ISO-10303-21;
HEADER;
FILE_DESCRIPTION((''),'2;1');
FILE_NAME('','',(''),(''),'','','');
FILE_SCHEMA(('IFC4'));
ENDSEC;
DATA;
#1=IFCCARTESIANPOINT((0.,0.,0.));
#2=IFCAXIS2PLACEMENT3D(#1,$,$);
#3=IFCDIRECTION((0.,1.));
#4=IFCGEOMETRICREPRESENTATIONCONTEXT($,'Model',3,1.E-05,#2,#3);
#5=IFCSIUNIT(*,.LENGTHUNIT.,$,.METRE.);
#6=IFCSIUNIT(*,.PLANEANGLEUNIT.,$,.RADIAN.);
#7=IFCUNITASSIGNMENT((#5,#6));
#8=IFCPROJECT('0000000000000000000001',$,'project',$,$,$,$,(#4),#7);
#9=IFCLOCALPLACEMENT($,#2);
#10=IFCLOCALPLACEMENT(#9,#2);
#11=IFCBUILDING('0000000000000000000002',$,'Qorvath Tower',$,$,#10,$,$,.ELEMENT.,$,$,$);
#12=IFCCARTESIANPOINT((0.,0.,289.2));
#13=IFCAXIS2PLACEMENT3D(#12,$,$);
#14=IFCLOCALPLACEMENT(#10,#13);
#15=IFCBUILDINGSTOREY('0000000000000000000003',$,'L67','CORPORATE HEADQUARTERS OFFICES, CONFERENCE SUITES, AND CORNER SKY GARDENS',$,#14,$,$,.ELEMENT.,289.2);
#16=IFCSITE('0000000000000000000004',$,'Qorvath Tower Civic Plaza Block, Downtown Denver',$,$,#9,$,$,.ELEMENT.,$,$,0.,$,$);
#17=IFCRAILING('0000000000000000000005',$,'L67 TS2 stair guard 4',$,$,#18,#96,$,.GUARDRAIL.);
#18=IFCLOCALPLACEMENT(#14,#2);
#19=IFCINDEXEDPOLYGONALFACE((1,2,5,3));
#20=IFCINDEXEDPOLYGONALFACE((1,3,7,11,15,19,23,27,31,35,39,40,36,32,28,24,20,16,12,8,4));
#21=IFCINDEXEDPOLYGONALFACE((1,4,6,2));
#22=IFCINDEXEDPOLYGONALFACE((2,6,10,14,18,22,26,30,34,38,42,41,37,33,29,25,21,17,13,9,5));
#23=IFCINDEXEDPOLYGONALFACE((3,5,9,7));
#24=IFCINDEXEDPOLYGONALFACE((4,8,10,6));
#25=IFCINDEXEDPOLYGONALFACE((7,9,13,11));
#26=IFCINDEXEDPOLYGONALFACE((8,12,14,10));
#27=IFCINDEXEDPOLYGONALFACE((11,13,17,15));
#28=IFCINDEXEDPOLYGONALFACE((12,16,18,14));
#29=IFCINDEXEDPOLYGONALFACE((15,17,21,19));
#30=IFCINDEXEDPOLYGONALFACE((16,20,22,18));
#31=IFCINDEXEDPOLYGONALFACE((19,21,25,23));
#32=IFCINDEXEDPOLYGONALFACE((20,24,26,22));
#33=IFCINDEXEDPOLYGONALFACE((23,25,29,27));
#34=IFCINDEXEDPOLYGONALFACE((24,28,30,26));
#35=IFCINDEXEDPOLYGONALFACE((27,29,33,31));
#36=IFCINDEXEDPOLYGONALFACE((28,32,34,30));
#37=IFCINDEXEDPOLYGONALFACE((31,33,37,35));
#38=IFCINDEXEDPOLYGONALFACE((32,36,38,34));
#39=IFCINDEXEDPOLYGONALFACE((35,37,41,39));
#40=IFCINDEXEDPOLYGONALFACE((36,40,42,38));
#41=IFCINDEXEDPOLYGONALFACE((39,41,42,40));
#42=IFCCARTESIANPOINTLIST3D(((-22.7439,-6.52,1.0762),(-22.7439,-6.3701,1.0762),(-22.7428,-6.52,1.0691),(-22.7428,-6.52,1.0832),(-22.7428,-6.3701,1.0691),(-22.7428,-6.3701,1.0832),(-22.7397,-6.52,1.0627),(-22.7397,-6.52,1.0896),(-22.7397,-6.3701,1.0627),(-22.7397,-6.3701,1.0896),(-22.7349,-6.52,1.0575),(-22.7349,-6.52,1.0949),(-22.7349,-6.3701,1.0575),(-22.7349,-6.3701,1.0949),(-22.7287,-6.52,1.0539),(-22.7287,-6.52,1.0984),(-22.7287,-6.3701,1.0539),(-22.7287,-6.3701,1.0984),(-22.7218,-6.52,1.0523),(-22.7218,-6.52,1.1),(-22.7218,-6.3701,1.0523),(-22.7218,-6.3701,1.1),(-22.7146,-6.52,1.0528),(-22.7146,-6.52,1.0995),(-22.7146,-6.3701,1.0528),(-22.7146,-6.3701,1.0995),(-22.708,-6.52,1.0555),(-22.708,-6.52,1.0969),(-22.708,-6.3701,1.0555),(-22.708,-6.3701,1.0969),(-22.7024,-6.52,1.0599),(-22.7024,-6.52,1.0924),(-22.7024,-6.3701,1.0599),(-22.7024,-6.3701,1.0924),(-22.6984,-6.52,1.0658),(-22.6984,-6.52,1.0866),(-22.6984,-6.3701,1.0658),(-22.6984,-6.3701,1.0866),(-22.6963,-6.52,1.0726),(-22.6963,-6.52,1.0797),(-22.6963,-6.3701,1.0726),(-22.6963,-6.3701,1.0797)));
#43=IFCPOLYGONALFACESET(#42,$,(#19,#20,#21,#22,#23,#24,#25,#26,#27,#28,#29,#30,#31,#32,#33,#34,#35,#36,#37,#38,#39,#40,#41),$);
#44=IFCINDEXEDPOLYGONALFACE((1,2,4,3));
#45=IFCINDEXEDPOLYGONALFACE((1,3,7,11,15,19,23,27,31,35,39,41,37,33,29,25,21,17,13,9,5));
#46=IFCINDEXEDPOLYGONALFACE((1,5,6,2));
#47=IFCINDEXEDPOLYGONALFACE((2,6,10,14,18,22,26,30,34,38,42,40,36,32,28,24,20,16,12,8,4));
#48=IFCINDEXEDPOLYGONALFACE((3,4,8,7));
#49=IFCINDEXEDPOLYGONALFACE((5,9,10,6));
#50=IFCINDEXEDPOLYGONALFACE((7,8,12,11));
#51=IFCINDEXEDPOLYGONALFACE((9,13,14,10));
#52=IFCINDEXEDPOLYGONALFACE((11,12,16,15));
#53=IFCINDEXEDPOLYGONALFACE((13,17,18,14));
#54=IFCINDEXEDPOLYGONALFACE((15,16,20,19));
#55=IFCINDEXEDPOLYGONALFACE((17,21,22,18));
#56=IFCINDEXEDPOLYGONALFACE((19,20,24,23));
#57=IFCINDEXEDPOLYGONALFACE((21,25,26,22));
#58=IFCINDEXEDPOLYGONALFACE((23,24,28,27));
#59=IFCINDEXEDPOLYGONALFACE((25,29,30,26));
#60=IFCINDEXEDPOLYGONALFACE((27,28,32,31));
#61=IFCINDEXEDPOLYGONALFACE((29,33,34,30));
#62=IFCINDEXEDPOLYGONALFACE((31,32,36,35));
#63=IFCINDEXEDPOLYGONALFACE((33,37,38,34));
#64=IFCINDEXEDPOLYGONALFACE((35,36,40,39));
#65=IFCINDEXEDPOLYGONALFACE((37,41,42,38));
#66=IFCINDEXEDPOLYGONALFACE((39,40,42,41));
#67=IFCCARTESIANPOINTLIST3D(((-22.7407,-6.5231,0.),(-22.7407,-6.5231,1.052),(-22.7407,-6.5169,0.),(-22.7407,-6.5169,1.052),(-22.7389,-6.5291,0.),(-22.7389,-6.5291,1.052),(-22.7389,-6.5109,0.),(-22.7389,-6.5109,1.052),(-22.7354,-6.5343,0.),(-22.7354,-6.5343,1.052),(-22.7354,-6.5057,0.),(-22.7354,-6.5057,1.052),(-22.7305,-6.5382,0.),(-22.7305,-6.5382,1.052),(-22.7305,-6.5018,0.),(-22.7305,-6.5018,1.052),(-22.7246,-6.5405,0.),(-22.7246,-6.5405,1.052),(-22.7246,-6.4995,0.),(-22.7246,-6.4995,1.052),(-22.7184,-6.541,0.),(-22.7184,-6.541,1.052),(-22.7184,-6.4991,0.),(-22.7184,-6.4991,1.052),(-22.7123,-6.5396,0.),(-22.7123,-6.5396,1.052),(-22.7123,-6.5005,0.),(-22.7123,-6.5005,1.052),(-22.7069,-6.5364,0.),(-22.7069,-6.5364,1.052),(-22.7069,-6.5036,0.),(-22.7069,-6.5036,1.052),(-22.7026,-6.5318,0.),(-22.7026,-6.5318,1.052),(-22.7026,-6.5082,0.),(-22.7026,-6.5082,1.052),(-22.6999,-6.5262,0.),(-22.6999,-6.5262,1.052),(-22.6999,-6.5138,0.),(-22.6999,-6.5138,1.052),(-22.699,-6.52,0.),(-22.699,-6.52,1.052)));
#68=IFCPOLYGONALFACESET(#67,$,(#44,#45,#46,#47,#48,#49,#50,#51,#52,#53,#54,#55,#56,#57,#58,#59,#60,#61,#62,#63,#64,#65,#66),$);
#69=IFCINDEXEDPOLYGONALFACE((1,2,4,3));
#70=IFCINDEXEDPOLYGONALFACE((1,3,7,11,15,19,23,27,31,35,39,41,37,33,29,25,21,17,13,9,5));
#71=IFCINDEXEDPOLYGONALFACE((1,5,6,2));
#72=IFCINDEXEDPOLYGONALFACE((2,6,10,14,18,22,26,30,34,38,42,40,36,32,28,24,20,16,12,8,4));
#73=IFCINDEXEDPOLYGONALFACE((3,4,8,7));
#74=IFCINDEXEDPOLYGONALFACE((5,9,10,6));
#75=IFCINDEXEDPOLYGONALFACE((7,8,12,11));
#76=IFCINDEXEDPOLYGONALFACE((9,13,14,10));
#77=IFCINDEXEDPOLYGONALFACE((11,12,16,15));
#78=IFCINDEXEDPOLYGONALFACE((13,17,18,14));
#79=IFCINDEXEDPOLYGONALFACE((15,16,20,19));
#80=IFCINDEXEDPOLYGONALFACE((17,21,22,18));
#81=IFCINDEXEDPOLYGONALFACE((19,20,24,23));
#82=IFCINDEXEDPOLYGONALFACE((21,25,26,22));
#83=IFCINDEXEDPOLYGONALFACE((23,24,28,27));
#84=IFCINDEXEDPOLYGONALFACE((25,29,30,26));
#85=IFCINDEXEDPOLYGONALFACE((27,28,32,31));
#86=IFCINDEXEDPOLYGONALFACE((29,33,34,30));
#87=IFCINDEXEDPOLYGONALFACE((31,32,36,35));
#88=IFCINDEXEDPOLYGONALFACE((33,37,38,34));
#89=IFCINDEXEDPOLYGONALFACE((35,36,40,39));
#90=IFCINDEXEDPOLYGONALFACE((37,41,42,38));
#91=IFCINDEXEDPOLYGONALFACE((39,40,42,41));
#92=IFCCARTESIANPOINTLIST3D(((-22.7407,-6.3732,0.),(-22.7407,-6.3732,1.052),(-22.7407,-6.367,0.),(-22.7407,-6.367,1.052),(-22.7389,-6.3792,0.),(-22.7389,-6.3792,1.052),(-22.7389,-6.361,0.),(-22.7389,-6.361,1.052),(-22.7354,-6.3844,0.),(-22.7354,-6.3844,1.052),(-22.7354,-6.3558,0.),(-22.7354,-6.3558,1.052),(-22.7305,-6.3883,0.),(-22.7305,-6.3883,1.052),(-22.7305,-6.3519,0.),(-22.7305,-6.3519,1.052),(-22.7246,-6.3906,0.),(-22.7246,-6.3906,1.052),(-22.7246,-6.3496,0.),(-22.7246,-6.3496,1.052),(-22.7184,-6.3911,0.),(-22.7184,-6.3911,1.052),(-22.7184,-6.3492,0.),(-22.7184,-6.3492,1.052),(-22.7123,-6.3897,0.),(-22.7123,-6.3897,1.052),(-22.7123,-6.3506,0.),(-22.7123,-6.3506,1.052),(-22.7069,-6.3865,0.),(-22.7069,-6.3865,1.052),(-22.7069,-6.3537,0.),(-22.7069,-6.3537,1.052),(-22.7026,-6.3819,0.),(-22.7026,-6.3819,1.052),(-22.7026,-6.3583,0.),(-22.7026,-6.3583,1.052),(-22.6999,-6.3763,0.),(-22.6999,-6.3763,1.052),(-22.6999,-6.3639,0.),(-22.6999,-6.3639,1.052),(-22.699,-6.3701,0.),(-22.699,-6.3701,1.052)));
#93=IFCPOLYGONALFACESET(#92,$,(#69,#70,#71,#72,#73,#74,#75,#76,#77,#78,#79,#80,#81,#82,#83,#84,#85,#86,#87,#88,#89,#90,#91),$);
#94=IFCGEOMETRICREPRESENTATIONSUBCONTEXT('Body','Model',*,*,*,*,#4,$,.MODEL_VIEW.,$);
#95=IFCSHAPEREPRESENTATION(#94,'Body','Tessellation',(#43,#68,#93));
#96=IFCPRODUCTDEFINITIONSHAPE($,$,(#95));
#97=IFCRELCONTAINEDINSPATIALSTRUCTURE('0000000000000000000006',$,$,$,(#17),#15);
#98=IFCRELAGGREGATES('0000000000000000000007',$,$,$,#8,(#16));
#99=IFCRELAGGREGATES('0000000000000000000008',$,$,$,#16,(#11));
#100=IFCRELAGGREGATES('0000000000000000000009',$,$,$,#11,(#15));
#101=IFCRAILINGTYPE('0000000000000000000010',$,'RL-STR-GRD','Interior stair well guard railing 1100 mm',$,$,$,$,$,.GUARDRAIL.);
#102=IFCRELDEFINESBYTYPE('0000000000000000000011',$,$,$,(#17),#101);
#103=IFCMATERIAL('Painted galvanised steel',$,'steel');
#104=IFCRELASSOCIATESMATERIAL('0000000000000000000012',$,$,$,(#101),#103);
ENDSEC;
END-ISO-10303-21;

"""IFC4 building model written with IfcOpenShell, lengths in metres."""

from ifc_helpers import new_model, si_unit, direction, frame, origin, origin_2d, place, context, subcontext, project, spatial, circle, extrude, material, type_object, element, save


model = new_model("IFC4")

# Units and contexts
model_context = context("Model", 3, precision=1e-05, world=origin(), true_north=direction((0.0, 1.0)))
body_context = subcontext(model_context, "Body", "Model", "MODEL_VIEW")
ifc_project = project(units=[si_unit("LENGTHUNIT", "METRE"), si_unit("PLANEANGLEUNIT", "RADIAN")], contexts=[model_context])

# Site, building, storey
site_placement = place(None, origin())
site = spatial("IfcSite", under=ifc_project, at=site_placement, Name="Qorvath Tower Civic Plaza Block, Downtown Denver", CompositionType="ELEMENT", RefElevation=0.0)
building_placement = place(site_placement, origin())
building = spatial("IfcBuilding", under=site, at=building_placement, Name="Qorvath Tower", CompositionType="ELEMENT")
storey_placement = place(building_placement, frame((0.0, 0.0, 289.2)))
storey = spatial("IfcBuildingStorey", under=building, at=storey_placement, Name="L67", Description="CORPORATE HEADQUARTERS OFFICES, CONFERENCE SUITES, AND CORNER SKY GARDENS", CompositionType="ELEMENT", Elevation=289.2)

# Railing
ifc_material_1 = material(Name="Painted galvanised steel", Category="steel")
railing_type_1 = type_object("IfcRailingType", Name="RL-STR-GRD", Description="Interior stair well guard railing 1100 mm", PredefinedType="GUARDRAIL", material=ifc_material_1)
railing_1_placement = place(storey_placement, frame((-22.72, -6.52, 0.0)))
element("IfcRailing", 1, at=railing_1_placement, inside=storey, type_object=railing_type_1, Name="L67 TS2 stair guard 4", PredefinedType="GUARDRAIL", context=body_context, shape_type="SweptSolid", body=[
    extrude(circle(Radius=0.0239, at=origin_2d()), frame((0.0, 0.0, 1.0762), z_axis=(0.0, 1.0, 0.0), x_axis=(-1.0, 0.0, 0.0)), (0.0, 0.0, 1.0), 0.1499),
    extrude(circle(Radius=0.021, at=origin_2d()), origin(), (0.0, 0.0, 1.0), 1.052),
    extrude(circle(Radius=0.021, at=origin_2d()), frame((0.0, 0.1499, 0.0)), (0.0, 0.0, 1.0), 1.052),
])

save(model, "model.ifc")
